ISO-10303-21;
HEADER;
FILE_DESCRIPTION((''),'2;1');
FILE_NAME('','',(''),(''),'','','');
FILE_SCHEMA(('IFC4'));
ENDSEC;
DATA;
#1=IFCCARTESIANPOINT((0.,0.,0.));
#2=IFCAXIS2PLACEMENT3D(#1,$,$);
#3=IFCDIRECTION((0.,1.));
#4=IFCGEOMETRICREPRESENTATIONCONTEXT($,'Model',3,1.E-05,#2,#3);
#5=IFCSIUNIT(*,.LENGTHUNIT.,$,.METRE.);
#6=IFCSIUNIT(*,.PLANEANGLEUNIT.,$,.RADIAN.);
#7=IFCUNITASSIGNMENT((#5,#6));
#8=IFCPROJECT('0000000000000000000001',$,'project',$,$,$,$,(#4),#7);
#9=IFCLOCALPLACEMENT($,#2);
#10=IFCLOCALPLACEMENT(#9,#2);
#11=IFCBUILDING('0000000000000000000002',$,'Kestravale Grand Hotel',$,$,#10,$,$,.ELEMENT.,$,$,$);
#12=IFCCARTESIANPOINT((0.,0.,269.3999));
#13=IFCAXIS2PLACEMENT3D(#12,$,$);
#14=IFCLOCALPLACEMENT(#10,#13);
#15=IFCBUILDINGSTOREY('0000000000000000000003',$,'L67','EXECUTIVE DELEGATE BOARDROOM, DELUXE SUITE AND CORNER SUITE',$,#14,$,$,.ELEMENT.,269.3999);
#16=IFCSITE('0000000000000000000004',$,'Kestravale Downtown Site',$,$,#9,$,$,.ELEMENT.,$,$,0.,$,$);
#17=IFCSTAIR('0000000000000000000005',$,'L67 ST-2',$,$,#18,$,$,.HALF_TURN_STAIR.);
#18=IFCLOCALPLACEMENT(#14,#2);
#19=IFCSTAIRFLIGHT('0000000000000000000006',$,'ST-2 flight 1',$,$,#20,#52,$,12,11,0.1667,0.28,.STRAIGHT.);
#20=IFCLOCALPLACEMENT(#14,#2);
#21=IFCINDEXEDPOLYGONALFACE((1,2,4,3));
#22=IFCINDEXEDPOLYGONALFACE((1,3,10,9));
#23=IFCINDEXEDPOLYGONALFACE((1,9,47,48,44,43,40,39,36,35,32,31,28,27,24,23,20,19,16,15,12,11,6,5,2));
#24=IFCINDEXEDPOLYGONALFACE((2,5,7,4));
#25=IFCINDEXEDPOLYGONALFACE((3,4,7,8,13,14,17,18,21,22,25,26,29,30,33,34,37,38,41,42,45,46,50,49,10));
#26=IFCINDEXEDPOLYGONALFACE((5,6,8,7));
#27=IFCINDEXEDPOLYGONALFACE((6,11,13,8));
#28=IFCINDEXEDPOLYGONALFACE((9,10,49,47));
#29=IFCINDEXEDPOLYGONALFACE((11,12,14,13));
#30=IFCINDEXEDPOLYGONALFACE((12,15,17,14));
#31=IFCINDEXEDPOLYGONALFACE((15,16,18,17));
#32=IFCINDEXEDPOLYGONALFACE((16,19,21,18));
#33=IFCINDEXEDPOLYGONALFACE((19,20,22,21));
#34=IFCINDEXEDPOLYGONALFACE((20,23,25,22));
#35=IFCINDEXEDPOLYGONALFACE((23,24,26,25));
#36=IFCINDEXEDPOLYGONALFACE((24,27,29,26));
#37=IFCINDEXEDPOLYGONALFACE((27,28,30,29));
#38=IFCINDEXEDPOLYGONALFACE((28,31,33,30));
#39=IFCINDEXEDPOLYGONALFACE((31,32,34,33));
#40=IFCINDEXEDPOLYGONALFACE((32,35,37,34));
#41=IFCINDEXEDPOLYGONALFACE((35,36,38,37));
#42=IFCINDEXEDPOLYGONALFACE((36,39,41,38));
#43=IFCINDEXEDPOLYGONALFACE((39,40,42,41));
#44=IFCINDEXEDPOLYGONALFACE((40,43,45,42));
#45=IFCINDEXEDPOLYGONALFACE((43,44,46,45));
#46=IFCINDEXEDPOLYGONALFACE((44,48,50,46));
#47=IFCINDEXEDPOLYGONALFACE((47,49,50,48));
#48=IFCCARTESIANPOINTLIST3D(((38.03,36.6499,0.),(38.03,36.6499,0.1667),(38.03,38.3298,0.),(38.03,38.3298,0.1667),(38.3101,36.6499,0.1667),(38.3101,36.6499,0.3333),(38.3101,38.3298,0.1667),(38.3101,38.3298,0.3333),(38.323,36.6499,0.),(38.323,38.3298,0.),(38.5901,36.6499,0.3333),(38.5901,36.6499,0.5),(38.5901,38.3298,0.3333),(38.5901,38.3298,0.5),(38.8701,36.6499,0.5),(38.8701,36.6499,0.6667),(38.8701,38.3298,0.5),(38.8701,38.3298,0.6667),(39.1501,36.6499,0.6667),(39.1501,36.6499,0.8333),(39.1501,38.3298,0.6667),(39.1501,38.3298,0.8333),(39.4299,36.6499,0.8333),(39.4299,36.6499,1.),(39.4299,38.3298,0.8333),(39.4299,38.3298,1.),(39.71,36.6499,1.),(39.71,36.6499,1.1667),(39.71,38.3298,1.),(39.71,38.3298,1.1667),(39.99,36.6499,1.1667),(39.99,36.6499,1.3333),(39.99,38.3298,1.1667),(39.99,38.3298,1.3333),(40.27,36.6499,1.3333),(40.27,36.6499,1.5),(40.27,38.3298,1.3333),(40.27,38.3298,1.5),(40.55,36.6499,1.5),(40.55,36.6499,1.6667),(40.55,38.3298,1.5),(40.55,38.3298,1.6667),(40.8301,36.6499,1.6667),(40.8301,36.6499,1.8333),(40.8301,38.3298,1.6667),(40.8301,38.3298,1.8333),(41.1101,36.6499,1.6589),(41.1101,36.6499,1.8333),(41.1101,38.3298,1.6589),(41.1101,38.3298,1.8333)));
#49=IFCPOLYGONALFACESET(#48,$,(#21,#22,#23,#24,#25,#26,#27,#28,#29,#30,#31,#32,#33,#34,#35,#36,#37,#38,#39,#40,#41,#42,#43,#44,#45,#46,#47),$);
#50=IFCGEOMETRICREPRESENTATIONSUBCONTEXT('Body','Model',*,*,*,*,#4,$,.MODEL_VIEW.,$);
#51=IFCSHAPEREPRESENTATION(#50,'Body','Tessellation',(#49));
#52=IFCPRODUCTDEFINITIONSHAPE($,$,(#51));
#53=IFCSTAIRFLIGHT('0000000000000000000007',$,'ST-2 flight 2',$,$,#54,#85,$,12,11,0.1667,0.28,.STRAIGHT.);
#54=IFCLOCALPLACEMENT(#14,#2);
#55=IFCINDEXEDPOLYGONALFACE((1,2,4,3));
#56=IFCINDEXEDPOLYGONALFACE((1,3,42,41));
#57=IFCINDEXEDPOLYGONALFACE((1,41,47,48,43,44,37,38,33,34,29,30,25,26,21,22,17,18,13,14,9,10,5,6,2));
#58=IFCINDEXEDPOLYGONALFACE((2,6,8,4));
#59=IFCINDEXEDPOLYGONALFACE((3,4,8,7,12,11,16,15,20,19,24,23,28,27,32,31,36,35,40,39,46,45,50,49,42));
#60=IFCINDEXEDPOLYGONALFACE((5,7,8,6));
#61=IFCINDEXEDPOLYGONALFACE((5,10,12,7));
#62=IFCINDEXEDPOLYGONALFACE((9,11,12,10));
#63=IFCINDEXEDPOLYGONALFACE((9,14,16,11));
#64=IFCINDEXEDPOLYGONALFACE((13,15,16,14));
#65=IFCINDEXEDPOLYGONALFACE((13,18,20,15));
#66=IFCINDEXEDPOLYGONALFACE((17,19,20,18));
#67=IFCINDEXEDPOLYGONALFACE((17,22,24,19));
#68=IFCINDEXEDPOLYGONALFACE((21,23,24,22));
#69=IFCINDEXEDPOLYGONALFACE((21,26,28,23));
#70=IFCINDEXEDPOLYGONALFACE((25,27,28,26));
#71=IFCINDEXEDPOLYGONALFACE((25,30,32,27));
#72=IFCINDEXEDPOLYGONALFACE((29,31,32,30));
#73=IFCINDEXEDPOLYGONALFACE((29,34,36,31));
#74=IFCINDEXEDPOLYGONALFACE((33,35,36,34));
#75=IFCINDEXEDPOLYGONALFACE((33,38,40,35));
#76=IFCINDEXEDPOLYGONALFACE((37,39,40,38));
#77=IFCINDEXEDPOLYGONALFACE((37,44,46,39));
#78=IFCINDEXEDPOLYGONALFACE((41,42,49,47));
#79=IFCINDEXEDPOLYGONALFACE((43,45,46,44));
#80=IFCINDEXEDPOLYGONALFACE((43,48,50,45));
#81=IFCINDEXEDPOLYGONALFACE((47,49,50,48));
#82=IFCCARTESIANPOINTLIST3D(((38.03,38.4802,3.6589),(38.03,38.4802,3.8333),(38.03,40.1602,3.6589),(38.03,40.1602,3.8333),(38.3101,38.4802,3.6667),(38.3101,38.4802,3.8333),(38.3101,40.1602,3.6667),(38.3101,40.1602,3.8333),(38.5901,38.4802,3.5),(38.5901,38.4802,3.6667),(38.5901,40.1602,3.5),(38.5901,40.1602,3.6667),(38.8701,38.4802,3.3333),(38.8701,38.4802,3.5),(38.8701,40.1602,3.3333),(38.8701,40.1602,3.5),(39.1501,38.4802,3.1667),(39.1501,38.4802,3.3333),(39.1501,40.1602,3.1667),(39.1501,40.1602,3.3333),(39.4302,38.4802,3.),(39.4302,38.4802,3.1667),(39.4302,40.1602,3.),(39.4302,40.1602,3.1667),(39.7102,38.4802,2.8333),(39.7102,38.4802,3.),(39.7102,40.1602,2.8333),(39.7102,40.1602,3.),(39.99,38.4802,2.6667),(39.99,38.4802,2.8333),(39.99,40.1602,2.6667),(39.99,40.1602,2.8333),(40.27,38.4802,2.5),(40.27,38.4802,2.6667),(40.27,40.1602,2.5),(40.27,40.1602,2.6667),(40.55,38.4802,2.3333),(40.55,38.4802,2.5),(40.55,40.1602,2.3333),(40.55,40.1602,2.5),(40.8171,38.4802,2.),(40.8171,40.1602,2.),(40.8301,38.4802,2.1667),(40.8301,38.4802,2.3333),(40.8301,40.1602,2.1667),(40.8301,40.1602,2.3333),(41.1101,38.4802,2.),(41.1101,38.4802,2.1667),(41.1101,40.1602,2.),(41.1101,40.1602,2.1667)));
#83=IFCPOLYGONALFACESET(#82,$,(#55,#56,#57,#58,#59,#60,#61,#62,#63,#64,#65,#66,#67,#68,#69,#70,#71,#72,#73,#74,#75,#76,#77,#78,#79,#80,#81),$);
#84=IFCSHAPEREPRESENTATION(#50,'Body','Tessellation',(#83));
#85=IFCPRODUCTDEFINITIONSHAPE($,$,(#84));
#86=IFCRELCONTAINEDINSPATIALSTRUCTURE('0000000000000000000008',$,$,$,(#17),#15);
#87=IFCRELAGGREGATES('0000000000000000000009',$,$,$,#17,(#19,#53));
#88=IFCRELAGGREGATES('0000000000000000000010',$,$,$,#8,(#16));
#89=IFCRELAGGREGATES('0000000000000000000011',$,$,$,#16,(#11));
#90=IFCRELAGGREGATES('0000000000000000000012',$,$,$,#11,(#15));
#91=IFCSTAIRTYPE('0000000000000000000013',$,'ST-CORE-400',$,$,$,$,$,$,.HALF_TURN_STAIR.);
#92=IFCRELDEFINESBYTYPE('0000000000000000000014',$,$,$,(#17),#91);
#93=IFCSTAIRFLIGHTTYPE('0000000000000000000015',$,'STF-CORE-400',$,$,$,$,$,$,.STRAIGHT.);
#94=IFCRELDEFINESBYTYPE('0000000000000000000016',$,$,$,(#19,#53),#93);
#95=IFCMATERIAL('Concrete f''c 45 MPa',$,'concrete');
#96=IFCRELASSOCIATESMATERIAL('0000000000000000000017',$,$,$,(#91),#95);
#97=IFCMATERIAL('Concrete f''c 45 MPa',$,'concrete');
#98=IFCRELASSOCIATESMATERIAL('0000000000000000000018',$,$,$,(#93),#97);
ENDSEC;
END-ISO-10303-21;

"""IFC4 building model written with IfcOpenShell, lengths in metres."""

from ifc_helpers import new_model, si_unit, direction, frame, origin, place, context, subcontext, project, spatial, polyline, outline, extrude, material, type_object, element, aggregate, save


model = new_model("IFC4")

# Units and contexts
model_context = context("Model", 3, precision=1e-05, world=origin(), true_north=direction((0.0, 1.0)))
body_context = subcontext(model_context, "Body", "Model", "MODEL_VIEW")
ifc_project = project(units=[si_unit("LENGTHUNIT", "METRE"), si_unit("PLANEANGLEUNIT", "RADIAN")], contexts=[model_context])

# Site, building, storey
site_placement = place(None, origin())
site = spatial("IfcSite", under=ifc_project, at=site_placement, Name="Kestravale Downtown Site", CompositionType="ELEMENT", RefElevation=0.0)
building_placement = place(site_placement, origin())
building = spatial("IfcBuilding", under=site, at=building_placement, Name="Kestravale Grand Hotel", CompositionType="ELEMENT")
storey_placement = place(building_placement, frame((0.0, 0.0, 269.3999)))
storey = spatial("IfcBuildingStorey", under=building, at=storey_placement, Name="L67", Description="EXECUTIVE DELEGATE BOARDROOM, DELUXE SUITE AND CORNER SUITE", CompositionType="ELEMENT", Elevation=269.3999)

# Stair, stair flights
ifc_material_1 = material(Name="Concrete f'c 45 MPa", Category="concrete")
stair_type = type_object("IfcStairType", Name="ST-CORE-400", PredefinedType="HALF_TURN_STAIR", material=ifc_material_1)
stair_placement = place(storey_placement, origin())
stair = element("IfcStair", 1, at=stair_placement, inside=storey, type_object=stair_type, Name="L67 ST-2", PredefinedType="HALF_TURN_STAIR")
ifc_material_2 = material(Name="Concrete f'c 45 MPa", Category="concrete")
stair_flight_type = type_object("IfcStairFlightType", Name="STF-CORE-400", PredefinedType="STRAIGHT", material=ifc_material_2)
stair_flight_1_placement = place(storey_placement, frame((38.03, 37.49, 0.0), z_axis=(0.0, 0.0, 1.0), x_axis=(1.0, 0.0, 0.0)))
stair_flight_1 = element("IfcStairFlight", 2, at=stair_flight_1_placement, type_object=stair_flight_type, Name="ST-2 flight 1", NumberOfRisers=12, NumberOfTreads=11, PredefinedType="STRAIGHT", RiserHeight=0.1667, TreadLength=0.28, context=body_context, shape_type="SweptSolid", body=[
    extrude(outline(polyline([(0.0, 0.0), (0.0, 0.1667), (0.28, 0.1667), (0.28, 0.3333), (0.5601, 0.3333), (0.5601, 0.5), (0.8401, 0.5), (0.8401, 0.6667), (1.1201, 0.6667), (1.1201, 0.8333), (1.3999, 0.8333), (1.3999, 1.0), (1.6799, 1.0), (1.6799, 1.1667), (1.96, 1.1667), (1.96, 1.3333), (2.24, 1.3333), (2.24, 1.5), (2.52, 1.5), (2.52, 1.6667), (2.8, 1.6667), (2.8, 1.8333), (3.0801, 1.8333), (3.0801, 2.0), (3.0801, 1.6589), (0.293, 0.0), (0.0, 0.0)])), frame((0.0, 0.8398, 0.0), z_axis=(0.0, -1.0, 0.0), x_axis=(1.0, 0.0, 0.0)), (0.0, 0.0, 1.0), 1.6799),
])
stair_flight_2_placement = place(storey_placement, frame((41.1101, 39.3201, 2.0), z_axis=(0.0, 0.0, 1.0), x_axis=(-1.0, 0.0, 0.0)))
stair_flight_2 = element("IfcStairFlight", 3, at=stair_flight_2_placement, type_object=stair_flight_type, Name="ST-2 flight 2", NumberOfRisers=12, NumberOfTreads=11, PredefinedType="STRAIGHT", RiserHeight=0.1667, TreadLength=0.28, context=body_context, shape_type="SweptSolid", body=[
    extrude(outline(polyline([(0.0, 0.0), (0.0, 0.1667), (0.28, 0.1667), (0.28, 0.3333), (0.5601, 0.3333), (0.5601, 0.5), (0.8401, 0.5), (0.8401, 0.6667), (1.1201, 0.6667), (1.1201, 0.8333), (1.3999, 0.8333), (1.3999, 1.0), (1.6799, 1.0), (1.6799, 1.1667), (1.96, 1.1667), (1.96, 1.3333), (2.24, 1.3333), (2.24, 1.5), (2.52, 1.5), (2.52, 1.6667), (2.8, 1.6667), (2.8, 1.8333), (3.0801, 1.8333), (3.0801, 2.0), (3.0801, 1.6589), (0.293, 0.0), (0.0, 0.0)])), frame((0.0, 0.8398, 0.0), z_axis=(0.0, -1.0, 0.0), x_axis=(1.0, 0.0, 0.0)), (0.0, 0.0, 1.0), 1.6799),
])
aggregate(stair, [stair_flight_1, stair_flight_2])

save(model, "model.ifc")
